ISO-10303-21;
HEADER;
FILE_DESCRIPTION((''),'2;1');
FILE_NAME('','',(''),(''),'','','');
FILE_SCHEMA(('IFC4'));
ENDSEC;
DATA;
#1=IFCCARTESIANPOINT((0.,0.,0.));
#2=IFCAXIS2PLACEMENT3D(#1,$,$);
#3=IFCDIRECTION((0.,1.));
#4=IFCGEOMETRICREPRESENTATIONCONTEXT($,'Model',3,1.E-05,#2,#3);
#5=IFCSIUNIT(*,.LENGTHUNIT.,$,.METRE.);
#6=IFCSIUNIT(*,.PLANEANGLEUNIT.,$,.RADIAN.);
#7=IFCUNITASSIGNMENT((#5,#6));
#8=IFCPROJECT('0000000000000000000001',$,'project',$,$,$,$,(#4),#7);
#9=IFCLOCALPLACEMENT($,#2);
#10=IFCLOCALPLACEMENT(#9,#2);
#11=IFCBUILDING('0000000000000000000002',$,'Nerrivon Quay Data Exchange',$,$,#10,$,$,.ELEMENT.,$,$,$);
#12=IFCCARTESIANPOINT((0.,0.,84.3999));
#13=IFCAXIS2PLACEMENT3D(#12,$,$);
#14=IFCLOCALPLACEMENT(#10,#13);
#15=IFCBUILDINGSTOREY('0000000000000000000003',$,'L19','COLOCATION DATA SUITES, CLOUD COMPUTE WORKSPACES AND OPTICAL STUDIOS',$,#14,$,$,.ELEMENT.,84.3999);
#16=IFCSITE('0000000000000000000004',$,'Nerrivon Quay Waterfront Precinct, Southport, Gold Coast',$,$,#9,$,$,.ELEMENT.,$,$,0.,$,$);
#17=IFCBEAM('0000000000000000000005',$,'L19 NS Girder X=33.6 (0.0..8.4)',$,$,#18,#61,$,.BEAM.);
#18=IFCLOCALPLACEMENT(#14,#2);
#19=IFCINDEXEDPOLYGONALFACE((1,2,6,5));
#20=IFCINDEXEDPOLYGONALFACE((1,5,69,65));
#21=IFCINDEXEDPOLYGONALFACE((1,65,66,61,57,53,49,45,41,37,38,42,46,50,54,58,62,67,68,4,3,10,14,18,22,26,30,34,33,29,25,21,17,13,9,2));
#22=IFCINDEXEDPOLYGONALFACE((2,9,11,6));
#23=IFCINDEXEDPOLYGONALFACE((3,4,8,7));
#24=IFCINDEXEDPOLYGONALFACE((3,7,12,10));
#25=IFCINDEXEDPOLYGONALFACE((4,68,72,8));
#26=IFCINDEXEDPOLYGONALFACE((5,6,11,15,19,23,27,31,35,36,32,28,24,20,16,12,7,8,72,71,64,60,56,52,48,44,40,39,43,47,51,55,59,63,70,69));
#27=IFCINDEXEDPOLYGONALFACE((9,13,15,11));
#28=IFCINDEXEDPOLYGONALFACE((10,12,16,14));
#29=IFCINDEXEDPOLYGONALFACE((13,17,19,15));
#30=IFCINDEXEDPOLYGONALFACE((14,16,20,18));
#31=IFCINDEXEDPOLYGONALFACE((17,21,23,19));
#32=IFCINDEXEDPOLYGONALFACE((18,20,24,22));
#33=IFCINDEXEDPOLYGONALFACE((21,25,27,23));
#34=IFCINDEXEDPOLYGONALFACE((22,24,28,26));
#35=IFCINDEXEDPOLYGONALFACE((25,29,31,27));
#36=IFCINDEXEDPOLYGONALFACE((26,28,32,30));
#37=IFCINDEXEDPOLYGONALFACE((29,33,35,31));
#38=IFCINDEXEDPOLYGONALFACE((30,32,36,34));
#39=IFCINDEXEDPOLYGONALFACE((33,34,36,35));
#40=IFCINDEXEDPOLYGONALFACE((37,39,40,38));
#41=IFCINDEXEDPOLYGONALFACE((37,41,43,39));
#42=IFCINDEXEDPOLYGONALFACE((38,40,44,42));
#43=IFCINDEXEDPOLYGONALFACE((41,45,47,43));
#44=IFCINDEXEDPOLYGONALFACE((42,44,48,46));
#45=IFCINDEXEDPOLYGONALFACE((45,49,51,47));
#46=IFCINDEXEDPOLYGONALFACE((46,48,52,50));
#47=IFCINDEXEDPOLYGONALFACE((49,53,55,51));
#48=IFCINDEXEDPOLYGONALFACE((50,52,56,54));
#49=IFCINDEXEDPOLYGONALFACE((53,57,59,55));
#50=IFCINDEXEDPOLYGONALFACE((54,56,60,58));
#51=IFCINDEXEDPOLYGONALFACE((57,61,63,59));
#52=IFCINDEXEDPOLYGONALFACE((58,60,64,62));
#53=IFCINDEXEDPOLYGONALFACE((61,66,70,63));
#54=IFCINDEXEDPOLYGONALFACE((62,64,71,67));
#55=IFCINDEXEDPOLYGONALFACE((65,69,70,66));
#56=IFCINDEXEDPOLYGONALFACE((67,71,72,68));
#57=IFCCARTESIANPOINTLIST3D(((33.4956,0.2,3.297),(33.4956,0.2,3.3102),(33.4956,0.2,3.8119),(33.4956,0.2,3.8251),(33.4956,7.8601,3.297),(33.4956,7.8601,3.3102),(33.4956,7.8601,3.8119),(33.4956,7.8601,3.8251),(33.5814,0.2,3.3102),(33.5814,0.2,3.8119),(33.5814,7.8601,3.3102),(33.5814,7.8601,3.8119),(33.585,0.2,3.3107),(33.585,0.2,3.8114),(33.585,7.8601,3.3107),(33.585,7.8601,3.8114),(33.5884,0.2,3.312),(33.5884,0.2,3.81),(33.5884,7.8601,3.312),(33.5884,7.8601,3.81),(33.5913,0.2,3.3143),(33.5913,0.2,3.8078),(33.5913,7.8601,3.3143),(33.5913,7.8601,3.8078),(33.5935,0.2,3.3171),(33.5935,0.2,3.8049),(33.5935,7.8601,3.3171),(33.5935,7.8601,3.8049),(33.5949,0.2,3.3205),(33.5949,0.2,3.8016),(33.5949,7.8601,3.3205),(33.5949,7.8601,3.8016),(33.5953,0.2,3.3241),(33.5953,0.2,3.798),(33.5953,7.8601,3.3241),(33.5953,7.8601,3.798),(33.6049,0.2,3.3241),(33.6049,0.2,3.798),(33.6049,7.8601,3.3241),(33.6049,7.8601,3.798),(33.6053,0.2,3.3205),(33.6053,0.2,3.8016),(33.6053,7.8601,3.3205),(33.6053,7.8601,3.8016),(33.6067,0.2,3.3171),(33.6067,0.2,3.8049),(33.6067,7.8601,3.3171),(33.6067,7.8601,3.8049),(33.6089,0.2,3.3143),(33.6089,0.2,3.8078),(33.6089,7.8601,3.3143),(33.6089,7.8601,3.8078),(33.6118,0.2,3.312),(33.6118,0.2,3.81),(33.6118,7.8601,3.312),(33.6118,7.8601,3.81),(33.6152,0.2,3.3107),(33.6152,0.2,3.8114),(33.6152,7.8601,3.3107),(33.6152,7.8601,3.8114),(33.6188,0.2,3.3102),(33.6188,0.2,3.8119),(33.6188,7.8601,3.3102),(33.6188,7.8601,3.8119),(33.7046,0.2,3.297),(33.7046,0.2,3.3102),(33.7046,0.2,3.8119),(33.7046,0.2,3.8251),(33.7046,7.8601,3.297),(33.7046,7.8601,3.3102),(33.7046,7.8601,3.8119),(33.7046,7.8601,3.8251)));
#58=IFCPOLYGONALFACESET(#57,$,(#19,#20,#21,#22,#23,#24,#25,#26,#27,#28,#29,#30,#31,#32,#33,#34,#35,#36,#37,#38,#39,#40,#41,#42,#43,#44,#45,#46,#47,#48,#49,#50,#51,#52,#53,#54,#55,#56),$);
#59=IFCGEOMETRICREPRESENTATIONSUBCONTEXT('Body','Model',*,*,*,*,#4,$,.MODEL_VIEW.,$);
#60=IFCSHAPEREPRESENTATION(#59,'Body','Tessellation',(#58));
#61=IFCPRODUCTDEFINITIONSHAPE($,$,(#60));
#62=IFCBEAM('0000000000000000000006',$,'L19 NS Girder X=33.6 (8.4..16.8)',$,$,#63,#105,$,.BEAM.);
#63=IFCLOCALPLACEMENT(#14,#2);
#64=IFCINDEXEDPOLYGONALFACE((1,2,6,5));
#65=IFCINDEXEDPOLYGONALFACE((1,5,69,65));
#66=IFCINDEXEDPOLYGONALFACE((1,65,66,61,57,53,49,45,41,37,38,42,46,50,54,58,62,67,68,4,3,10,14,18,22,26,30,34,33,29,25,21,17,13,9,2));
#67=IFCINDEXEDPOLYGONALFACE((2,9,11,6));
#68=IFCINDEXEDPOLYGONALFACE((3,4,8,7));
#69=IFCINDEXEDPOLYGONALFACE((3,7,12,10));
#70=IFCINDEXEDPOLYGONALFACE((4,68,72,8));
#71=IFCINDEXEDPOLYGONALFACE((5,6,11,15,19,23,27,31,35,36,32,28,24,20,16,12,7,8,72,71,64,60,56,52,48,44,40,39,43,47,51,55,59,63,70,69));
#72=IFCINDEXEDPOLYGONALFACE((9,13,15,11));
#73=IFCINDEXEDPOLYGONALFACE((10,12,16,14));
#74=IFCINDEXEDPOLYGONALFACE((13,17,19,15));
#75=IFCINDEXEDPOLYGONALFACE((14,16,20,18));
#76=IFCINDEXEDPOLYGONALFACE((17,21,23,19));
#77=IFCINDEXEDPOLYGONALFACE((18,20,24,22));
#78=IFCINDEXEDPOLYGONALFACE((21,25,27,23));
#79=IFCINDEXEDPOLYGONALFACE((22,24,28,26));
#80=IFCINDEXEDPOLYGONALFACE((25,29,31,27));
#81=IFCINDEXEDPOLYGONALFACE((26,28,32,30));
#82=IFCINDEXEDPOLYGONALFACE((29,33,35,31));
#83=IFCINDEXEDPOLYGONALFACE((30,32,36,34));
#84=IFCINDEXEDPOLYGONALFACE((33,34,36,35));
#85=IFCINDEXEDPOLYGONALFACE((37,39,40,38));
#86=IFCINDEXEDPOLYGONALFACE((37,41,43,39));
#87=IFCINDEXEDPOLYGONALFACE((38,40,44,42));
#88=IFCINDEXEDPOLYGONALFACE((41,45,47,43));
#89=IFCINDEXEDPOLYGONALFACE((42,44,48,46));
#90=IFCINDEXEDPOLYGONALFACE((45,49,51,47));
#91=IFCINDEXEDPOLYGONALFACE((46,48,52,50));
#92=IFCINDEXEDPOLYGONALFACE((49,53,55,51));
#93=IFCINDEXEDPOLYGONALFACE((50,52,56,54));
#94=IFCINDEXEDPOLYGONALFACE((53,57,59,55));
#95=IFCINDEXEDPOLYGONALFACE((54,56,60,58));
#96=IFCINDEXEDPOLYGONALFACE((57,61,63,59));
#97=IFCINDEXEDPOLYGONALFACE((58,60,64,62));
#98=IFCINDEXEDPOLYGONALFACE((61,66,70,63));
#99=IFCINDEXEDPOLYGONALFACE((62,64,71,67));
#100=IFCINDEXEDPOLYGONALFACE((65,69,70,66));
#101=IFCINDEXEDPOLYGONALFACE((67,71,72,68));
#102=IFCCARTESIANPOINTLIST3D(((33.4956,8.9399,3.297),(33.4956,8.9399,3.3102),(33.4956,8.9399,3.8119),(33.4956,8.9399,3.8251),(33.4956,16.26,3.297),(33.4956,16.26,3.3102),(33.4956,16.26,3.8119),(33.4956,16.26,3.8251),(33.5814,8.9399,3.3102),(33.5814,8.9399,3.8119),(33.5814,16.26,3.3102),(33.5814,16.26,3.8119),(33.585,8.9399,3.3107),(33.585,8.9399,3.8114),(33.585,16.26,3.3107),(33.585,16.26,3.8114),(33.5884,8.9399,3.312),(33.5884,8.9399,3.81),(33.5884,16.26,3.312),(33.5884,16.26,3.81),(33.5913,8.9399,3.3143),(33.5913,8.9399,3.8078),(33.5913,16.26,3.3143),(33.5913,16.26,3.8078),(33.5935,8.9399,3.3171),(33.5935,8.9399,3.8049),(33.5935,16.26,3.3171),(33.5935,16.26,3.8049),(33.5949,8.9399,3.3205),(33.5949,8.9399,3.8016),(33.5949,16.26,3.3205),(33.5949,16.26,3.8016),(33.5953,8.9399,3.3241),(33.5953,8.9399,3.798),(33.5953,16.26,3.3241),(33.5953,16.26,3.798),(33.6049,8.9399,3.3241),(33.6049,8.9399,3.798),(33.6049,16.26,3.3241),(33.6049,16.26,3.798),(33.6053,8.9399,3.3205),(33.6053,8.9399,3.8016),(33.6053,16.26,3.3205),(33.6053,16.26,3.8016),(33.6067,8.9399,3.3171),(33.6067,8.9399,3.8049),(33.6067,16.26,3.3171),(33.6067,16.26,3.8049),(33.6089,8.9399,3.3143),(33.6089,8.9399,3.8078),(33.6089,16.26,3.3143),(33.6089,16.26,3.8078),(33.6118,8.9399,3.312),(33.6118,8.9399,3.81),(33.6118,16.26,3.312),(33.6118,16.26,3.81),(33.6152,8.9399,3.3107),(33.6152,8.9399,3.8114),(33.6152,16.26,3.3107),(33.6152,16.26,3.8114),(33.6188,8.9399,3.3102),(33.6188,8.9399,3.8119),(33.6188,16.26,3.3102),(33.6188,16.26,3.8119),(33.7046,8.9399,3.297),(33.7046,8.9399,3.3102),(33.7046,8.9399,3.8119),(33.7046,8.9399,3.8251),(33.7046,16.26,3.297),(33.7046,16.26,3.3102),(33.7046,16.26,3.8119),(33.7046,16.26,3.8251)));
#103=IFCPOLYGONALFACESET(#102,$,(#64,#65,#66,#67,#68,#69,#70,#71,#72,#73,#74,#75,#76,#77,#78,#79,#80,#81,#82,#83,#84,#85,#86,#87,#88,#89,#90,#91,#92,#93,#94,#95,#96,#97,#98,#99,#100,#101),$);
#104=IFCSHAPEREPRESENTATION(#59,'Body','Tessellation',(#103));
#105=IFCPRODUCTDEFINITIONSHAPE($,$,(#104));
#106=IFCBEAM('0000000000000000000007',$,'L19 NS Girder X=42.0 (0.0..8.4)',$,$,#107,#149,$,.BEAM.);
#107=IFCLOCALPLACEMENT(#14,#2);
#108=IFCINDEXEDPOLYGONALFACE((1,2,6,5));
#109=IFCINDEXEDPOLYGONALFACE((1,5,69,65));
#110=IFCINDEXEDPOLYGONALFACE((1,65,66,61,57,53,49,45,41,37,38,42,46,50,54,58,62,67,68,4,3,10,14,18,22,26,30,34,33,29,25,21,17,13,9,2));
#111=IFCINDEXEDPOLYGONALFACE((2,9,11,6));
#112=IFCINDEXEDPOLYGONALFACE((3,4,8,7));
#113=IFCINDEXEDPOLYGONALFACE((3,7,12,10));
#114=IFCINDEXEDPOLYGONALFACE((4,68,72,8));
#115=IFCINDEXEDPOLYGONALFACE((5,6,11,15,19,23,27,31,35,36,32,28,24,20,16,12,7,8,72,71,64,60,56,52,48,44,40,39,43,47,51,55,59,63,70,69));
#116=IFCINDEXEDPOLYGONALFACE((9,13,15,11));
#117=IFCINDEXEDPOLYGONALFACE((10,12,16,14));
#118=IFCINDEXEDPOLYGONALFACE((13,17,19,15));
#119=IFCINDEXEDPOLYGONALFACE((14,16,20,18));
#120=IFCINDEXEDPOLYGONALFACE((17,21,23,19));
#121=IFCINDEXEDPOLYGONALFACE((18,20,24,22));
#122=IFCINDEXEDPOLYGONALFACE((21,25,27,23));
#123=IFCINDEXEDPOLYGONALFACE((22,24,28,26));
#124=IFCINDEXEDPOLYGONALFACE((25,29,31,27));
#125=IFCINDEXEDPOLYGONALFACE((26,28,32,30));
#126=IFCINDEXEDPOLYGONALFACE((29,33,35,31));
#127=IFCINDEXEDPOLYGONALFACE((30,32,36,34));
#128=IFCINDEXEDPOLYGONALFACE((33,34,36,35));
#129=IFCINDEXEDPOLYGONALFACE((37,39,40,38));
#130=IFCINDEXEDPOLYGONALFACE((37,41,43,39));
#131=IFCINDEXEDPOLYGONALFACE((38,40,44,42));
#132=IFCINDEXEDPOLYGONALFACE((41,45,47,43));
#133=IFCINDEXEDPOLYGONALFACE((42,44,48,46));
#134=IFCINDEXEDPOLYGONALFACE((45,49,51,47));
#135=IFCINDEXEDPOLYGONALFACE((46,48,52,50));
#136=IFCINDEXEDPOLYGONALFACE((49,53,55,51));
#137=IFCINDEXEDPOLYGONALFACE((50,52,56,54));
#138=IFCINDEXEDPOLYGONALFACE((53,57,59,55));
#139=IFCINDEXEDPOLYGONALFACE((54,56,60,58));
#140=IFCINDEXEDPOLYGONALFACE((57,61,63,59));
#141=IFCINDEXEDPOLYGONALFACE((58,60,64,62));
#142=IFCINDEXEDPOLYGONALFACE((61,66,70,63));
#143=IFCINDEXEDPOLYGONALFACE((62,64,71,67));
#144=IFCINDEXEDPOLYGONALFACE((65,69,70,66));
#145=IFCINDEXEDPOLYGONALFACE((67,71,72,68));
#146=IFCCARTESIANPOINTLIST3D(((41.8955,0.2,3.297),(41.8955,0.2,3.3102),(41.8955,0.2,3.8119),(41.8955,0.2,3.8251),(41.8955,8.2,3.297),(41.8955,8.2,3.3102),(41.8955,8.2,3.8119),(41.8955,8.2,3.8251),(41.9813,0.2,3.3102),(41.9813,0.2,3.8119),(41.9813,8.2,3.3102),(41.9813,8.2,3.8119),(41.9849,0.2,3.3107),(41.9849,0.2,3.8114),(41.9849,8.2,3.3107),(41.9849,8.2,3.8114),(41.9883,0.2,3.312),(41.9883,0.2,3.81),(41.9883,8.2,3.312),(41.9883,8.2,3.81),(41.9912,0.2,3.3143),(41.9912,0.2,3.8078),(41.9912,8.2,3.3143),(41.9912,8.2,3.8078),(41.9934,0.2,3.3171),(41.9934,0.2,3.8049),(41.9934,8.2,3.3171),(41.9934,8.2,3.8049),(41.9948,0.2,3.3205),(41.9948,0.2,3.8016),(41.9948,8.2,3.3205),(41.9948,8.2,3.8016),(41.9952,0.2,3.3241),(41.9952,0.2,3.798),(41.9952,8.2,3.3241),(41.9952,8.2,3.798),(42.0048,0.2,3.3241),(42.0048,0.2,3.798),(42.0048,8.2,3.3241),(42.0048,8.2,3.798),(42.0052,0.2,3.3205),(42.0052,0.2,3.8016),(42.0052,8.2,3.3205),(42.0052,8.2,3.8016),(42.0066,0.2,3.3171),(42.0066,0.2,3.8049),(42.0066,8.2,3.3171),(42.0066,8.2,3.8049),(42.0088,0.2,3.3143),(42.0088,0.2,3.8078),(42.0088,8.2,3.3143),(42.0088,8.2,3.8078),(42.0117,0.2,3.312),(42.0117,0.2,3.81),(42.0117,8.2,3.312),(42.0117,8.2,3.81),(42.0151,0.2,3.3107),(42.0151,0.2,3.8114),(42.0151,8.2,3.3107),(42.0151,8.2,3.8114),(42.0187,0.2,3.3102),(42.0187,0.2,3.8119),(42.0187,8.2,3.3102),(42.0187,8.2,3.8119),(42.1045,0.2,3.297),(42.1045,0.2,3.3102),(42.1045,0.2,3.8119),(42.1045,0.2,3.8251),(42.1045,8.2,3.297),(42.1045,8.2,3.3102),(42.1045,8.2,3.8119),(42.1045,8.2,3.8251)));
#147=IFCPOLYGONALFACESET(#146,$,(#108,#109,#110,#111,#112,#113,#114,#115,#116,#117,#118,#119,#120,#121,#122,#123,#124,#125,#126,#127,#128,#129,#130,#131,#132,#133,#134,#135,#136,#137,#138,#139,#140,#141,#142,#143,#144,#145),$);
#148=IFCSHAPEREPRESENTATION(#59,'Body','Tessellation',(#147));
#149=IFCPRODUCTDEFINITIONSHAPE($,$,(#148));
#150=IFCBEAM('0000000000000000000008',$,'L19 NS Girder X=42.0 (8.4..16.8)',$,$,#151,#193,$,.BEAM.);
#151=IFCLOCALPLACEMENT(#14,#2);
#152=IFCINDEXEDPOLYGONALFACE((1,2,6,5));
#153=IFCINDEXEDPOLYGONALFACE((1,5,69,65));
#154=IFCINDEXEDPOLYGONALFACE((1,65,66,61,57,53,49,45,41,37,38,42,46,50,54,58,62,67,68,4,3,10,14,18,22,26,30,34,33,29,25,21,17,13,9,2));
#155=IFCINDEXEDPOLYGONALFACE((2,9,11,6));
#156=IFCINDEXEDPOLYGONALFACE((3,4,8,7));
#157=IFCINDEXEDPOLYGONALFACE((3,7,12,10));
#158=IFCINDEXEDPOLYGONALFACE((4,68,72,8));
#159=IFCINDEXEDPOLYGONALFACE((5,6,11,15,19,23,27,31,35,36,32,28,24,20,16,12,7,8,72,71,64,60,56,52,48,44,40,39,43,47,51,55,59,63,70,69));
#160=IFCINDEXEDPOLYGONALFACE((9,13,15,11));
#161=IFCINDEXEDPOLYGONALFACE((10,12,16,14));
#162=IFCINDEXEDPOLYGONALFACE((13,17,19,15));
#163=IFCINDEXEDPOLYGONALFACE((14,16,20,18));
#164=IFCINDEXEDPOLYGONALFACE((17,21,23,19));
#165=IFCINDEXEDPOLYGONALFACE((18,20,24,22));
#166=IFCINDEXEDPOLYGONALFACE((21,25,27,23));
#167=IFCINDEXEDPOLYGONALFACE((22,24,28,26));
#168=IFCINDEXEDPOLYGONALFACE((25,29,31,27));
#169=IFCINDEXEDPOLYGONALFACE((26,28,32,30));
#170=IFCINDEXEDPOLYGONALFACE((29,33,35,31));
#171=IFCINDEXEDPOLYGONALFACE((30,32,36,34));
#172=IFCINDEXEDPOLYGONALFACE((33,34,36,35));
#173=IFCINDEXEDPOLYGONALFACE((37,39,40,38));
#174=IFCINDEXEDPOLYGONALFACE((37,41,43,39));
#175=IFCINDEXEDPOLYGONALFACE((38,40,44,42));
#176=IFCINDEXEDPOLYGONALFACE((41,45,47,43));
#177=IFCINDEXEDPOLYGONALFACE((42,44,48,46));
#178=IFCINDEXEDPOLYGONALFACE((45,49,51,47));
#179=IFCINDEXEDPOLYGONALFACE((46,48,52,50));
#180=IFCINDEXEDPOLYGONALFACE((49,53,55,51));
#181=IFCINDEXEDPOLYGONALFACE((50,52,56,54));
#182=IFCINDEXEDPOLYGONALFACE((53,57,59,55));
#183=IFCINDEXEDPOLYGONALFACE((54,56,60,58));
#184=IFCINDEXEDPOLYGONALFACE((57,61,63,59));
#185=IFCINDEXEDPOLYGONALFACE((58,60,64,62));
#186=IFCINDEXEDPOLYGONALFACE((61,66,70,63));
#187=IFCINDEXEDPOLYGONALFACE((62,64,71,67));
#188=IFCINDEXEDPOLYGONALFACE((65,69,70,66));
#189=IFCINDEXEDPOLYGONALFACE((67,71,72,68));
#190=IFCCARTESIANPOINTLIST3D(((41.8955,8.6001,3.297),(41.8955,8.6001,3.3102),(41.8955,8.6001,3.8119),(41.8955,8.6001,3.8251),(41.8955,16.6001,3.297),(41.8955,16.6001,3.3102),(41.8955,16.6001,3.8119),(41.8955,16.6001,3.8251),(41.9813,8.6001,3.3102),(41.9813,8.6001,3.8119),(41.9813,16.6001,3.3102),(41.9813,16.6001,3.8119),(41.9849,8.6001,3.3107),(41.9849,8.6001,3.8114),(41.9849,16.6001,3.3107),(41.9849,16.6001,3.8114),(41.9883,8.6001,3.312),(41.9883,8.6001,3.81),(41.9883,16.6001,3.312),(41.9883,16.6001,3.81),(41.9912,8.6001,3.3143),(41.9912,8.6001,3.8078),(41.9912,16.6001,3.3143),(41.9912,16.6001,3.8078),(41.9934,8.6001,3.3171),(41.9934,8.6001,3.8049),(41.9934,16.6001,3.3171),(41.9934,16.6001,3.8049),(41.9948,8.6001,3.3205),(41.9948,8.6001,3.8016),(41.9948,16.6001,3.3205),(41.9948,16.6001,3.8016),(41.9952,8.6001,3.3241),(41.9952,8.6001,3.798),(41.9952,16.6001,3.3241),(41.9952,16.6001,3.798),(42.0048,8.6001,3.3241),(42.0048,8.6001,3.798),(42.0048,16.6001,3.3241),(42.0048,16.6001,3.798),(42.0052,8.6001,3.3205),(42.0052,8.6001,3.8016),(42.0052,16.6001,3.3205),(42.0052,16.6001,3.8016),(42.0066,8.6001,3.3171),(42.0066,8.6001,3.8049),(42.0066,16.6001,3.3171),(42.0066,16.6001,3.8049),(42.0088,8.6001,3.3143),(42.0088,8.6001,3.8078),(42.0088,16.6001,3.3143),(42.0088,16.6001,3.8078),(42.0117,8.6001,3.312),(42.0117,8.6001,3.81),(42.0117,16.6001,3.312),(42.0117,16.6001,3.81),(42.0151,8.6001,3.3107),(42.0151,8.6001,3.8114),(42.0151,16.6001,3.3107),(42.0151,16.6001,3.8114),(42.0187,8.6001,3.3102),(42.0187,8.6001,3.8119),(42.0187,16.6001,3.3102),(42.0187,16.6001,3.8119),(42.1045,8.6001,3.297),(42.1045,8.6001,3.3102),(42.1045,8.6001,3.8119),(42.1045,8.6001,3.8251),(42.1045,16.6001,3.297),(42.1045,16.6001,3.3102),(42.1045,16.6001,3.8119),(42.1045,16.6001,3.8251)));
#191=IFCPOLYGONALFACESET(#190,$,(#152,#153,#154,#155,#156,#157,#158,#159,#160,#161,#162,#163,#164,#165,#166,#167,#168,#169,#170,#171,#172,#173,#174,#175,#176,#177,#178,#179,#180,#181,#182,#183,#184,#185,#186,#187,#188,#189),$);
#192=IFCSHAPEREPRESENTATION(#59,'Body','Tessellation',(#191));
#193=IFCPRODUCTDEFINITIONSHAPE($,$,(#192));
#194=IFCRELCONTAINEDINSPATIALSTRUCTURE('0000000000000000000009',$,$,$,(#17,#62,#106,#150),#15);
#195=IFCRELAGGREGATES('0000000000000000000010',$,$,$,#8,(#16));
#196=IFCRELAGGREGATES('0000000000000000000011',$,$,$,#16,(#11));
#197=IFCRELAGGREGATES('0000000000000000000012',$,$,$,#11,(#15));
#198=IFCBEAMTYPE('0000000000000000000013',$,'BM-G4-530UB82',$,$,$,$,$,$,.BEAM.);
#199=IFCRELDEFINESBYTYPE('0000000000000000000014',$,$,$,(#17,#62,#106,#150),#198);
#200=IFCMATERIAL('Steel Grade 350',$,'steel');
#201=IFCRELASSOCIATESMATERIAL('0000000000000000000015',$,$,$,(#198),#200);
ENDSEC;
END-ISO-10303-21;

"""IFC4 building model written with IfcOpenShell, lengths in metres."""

from ifc_helpers import new_model, si_unit, direction, frame, origin, origin_2d, place, context, subcontext, project, spatial, i_section, extrude, material, material_profile, profile_set, type_object, element, save


model = new_model("IFC4")

# Units and contexts
model_context = context("Model", 3, precision=1e-05, world=origin(), true_north=direction((0.0, 1.0)))
body_context = subcontext(model_context, "Body", "Model", "MODEL_VIEW")
ifc_project = project(units=[si_unit("LENGTHUNIT", "METRE"), si_unit("PLANEANGLEUNIT", "RADIAN")], contexts=[model_context])

# Site, building, storey
site_placement = place(None, origin())
site = spatial("IfcSite", under=ifc_project, at=site_placement, Name="Nerrivon Quay Waterfront Precinct, Southport, Gold Coast", CompositionType="ELEMENT", RefElevation=0.0)
building_placement = place(site_placement, origin())
building = spatial("IfcBuilding", under=site, at=building_placement, Name="Nerrivon Quay Data Exchange", CompositionType="ELEMENT")
storey_placement = place(building_placement, frame((0.0, 0.0, 84.3999)))
storey = spatial("IfcBuildingStorey", under=building, at=storey_placement, Name="L19", Description="COLOCATION DATA SUITES, CLOUD COMPUTE WORKSPACES AND OPTICAL STUDIOS", CompositionType="ELEMENT", Elevation=84.3999)

# Shared definitions
ifc_material_1 = material(Name="Steel Grade 350", Category="steel")

# Beams
ifc_material_profile_1 = material_profile(ifc_material_1, i_section(OverallWidth=0.209, OverallDepth=0.5281, WebThickness=0.0095, FlangeThickness=0.0132, FilletRadius=0.0139, at=origin_2d()), Name="530UB82.0")
ifc_profile_set_1 = profile_set([ifc_material_profile_1], Name="Steel Grade 350")
beam_type_1 = type_object("IfcBeamType", Name="BM-G4-530UB82", PredefinedType="BEAM", material=ifc_profile_set_1)
beam_1_placement = place(storey_placement, frame((33.6001, 0.2, 3.561), z_axis=(0.0, 1.0, 0.0), x_axis=(-1.0, 0.0, 0.0)))
element("IfcBeam", 1, at=beam_1_placement, inside=storey, type_object=beam_type_1, Name="L19 NS Girder X=33.6 (0.0..8.4)", PredefinedType="BEAM", context=body_context, shape_type="SweptSolid", body=[
    extrude(i_section(OverallWidth=0.209, OverallDepth=0.5281, WebThickness=0.0095, FlangeThickness=0.0132, FilletRadius=0.0139, at=origin_2d()), origin(), (0.0, 0.0, 1.0), 7.6602),
])
beam_2_placement = place(storey_placement, frame((33.6001, 8.9399, 3.561), z_axis=(0.0, 1.0, 0.0), x_axis=(-1.0, 0.0, 0.0)))
element("IfcBeam", 2, at=beam_2_placement, inside=storey, type_object=beam_type_1, Name="L19 NS Girder X=33.6 (8.4..16.8)", PredefinedType="BEAM", context=body_context, shape_type="SweptSolid", body=[
    extrude(i_section(OverallWidth=0.209, OverallDepth=0.5281, WebThickness=0.0095, FlangeThickness=0.0132, FilletRadius=0.0139, at=origin_2d()), origin(), (0.0, 0.0, 1.0), 7.3201),
])
for number, where, z_axis, x_axis, name in (
    (3, (42.0, 0.2, 3.561), (0.0, 1.0, 0.0), (-1.0, 0.0, 0.0), "L19 NS Girder X=42.0 (0.0..8.4)"),
    (4, (42.0, 8.6001, 3.561), (0.0, 1.0, 0.0), (-1.0, 0.0, 0.0), "L19 NS Girder X=42.0 (8.4..16.8)"),
):
    element("IfcBeam", number, at=place(storey_placement, frame(where, z_axis=z_axis, x_axis=x_axis)), inside=storey, type_object=beam_type_1, Name=name, PredefinedType="BEAM", context=body_context, shape_type="SweptSolid", body=[
        extrude(i_section(OverallWidth=0.209, OverallDepth=0.5281, WebThickness=0.0095, FlangeThickness=0.0132, FilletRadius=0.0139, at=origin_2d()), origin(), (0.0, 0.0, 1.0), 8.0),
    ])

save(model, "model.ifc")
